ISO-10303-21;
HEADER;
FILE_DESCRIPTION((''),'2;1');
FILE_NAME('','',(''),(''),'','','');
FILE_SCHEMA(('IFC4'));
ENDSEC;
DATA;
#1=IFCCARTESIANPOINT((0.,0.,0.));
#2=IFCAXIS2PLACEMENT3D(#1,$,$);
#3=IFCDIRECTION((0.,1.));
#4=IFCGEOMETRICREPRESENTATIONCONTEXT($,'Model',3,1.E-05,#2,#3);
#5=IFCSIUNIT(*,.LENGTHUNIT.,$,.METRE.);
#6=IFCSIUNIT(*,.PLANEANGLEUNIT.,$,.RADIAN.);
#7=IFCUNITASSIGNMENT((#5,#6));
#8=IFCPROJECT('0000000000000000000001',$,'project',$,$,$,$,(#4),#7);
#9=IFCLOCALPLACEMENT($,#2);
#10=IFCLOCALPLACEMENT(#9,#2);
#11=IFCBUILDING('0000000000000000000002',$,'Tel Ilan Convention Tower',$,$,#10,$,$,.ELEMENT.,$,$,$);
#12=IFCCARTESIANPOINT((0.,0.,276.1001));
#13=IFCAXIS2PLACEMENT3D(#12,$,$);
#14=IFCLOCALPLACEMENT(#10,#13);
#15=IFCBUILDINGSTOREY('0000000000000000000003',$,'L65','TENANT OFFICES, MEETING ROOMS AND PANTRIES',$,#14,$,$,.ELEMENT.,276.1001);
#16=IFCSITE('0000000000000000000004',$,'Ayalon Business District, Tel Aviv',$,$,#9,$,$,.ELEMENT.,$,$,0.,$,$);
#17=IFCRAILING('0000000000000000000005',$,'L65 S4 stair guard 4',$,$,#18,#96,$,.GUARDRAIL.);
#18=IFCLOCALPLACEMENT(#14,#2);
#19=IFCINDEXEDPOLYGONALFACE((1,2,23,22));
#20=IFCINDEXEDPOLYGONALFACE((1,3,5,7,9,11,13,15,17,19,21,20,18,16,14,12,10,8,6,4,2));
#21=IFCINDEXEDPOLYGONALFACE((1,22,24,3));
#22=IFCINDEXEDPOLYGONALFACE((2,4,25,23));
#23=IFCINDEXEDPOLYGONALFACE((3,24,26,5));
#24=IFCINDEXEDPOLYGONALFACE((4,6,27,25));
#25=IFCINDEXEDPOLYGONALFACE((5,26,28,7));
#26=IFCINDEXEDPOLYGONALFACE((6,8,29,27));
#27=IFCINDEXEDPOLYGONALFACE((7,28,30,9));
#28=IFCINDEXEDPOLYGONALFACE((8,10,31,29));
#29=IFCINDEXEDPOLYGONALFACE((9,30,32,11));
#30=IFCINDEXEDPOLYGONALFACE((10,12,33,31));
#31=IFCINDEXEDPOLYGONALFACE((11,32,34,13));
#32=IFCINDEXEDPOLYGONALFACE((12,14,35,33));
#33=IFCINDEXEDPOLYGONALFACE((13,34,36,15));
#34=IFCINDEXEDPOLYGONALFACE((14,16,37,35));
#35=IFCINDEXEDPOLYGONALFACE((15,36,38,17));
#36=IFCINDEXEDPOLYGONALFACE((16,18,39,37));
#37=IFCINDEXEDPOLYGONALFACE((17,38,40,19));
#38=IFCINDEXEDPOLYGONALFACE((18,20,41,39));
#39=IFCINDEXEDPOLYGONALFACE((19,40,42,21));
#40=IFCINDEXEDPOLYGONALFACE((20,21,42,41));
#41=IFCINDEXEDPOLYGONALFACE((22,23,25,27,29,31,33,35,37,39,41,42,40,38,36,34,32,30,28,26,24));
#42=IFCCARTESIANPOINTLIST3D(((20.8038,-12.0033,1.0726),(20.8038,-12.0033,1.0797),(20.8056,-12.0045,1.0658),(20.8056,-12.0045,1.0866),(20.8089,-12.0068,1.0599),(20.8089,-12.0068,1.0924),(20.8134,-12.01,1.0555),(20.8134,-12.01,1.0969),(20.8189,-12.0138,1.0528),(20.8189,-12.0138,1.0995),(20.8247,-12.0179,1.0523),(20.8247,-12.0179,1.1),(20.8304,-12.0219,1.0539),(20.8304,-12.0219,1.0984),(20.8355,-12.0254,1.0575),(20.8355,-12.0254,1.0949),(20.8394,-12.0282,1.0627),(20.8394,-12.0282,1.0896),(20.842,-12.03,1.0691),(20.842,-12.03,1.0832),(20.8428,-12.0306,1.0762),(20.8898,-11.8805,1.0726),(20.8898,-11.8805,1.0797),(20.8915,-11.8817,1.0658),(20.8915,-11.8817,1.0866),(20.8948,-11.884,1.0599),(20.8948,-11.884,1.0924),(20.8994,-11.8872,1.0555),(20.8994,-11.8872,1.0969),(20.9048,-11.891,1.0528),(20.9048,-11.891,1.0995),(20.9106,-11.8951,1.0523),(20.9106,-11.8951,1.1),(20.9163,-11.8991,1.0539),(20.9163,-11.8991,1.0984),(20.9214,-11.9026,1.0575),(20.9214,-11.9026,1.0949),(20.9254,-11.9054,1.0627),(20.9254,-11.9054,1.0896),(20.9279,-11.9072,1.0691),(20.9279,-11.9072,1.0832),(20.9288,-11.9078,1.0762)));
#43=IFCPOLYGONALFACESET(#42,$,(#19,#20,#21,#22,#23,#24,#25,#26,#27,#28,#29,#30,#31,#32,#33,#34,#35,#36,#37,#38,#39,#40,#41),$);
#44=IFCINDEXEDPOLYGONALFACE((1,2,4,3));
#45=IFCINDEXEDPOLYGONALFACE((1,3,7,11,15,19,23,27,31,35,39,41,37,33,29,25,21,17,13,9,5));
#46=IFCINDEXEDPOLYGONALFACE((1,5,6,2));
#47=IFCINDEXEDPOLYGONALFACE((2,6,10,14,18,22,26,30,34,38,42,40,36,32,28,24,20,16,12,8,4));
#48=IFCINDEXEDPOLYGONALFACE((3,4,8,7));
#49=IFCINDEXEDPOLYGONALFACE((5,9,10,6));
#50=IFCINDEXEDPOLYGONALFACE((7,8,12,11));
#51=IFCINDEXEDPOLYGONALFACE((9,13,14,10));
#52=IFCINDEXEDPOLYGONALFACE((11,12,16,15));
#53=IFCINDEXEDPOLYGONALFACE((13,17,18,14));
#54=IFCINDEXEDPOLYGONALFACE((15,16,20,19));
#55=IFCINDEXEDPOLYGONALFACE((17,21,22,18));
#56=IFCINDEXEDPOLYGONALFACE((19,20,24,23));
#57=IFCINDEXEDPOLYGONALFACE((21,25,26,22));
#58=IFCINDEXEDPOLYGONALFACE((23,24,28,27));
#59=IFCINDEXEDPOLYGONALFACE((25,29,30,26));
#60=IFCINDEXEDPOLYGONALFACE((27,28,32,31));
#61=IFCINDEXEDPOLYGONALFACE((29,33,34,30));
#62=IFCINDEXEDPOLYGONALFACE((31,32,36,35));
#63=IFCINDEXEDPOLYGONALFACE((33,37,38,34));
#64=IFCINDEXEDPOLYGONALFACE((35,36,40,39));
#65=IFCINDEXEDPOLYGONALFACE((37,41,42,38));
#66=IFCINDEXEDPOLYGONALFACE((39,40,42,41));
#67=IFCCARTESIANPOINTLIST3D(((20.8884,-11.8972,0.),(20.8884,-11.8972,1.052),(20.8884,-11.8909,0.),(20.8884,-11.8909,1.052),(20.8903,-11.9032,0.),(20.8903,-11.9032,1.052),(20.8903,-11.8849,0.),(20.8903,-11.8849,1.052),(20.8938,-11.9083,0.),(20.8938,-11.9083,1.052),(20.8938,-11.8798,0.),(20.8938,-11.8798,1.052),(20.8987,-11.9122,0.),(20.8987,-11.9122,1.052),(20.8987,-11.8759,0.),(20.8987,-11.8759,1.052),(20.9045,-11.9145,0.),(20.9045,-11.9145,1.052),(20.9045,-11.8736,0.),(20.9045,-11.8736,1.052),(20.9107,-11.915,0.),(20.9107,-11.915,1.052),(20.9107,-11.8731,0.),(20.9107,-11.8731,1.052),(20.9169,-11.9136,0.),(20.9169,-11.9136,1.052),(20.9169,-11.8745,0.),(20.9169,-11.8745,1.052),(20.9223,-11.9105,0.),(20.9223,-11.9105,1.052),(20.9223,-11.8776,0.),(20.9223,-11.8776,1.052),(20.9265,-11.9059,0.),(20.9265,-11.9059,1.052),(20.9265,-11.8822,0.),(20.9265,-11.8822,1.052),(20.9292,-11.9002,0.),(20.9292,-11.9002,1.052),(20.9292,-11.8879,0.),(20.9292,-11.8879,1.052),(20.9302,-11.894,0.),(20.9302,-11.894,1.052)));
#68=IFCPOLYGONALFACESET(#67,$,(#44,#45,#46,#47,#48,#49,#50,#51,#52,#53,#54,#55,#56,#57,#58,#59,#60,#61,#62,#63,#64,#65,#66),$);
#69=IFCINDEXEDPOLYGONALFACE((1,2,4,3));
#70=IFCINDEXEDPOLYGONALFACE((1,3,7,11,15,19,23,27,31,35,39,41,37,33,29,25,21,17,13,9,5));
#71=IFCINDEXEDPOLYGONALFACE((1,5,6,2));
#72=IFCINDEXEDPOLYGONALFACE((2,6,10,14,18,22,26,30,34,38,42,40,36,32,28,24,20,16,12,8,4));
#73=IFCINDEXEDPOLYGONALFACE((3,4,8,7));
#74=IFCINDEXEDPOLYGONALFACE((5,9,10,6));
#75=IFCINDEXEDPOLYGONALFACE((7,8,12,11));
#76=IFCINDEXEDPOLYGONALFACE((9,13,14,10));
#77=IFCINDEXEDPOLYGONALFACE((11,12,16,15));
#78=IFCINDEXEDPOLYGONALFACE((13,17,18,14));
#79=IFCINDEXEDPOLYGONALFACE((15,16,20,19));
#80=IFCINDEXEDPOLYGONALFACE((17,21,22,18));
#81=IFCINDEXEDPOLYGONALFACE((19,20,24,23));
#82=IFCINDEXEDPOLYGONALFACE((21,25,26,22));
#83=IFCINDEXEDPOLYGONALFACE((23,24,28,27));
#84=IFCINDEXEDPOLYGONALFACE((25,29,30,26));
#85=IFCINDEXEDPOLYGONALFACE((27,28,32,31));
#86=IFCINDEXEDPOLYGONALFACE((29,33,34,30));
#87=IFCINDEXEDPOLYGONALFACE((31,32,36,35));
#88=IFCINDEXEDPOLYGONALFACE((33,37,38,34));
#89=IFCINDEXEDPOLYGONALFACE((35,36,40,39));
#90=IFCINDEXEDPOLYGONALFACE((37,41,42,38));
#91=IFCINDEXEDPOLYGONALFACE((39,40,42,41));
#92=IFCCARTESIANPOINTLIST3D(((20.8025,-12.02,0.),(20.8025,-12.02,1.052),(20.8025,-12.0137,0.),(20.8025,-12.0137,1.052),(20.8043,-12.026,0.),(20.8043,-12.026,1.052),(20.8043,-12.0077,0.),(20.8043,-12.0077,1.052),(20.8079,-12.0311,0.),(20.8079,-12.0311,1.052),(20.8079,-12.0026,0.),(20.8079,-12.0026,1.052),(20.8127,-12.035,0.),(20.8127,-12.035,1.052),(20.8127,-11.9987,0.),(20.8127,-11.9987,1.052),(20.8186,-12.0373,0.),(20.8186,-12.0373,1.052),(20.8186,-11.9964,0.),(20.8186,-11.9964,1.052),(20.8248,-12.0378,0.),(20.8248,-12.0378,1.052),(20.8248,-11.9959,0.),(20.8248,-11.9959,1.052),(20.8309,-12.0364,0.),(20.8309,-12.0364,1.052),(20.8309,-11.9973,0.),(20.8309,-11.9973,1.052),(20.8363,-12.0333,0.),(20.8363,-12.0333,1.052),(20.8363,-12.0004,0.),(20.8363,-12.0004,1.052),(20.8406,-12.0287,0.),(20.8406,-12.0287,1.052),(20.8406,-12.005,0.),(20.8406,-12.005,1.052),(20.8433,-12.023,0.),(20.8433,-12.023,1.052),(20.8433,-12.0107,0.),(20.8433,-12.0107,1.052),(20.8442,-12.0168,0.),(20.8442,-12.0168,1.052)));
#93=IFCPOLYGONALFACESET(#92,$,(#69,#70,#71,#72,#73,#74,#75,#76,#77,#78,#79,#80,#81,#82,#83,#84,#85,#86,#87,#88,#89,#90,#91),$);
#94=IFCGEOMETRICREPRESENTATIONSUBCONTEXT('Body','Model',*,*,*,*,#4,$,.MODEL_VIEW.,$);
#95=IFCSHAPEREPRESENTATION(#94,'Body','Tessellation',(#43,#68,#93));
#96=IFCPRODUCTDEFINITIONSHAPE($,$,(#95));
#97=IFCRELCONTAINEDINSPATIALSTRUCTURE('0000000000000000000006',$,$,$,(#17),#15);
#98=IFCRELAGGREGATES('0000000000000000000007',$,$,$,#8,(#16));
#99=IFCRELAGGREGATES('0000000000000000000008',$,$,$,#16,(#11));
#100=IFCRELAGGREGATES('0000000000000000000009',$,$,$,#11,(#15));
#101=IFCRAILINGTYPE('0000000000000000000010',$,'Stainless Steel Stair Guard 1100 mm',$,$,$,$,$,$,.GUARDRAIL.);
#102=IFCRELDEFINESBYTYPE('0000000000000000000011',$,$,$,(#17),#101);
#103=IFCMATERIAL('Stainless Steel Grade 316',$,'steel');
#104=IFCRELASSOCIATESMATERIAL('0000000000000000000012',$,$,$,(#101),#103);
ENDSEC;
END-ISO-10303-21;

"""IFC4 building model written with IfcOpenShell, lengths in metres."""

from ifc_helpers import new_model, si_unit, direction, frame, origin, origin_2d, place, context, subcontext, project, spatial, circle, extrude, material, type_object, element, save


model = new_model("IFC4")

# Units and contexts
model_context = context("Model", 3, precision=1e-05, world=origin(), true_north=direction((0.0, 1.0)))
body_context = subcontext(model_context, "Body", "Model", "MODEL_VIEW")
ifc_project = project(units=[si_unit("LENGTHUNIT", "METRE"), si_unit("PLANEANGLEUNIT", "RADIAN")], contexts=[model_context])

# Site, building, storey
site_placement = place(None, origin())
site = spatial("IfcSite", under=ifc_project, at=site_placement, Name="Ayalon Business District, Tel Aviv", CompositionType="ELEMENT", RefElevation=0.0)
building_placement = place(site_placement, origin())
building = spatial("IfcBuilding", under=site, at=building_placement, Name="Tel Ilan Convention Tower", CompositionType="ELEMENT")
storey_placement = place(building_placement, frame((0.0, 0.0, 276.1001)))
storey = spatial("IfcBuildingStorey", under=building, at=storey_placement, Name="L65", Description="TENANT OFFICES, MEETING ROOMS AND PANTRIES", CompositionType="ELEMENT", Elevation=276.1001)

# Railing
ifc_material_1 = material(Name="Stainless Steel Grade 316", Category="steel")
railing_type = type_object("IfcRailingType", Name="Stainless Steel Stair Guard 1100 mm", PredefinedType="GUARDRAIL", material=ifc_material_1)
railing_1_placement = place(storey_placement, frame((20.9092, -11.894, 0.0)))
element("IfcRailing", 1, at=railing_1_placement, inside=storey, type_object=railing_type, Name="L65 S4 stair guard 4", PredefinedType="GUARDRAIL", context=body_context, shape_type="SweptSolid", body=[
    extrude(circle(Radius=0.0239, at=origin_2d()), frame((0.0, 0.0, 1.0762), z_axis=(-0.573353, -0.819308, 0.0), x_axis=(0.819308, -0.573353, 0.0)), (0.0, 0.0, 1.0), 0.1499),
    extrude(circle(Radius=0.021, at=origin_2d()), origin(), (0.0, 0.0, 1.0), 1.052),
    extrude(circle(Radius=0.021, at=origin_2d()), frame((-0.0859, -0.1228, 0.0)), (0.0, 0.0, 1.0), 1.052),
])

save(model, "model.ifc")
